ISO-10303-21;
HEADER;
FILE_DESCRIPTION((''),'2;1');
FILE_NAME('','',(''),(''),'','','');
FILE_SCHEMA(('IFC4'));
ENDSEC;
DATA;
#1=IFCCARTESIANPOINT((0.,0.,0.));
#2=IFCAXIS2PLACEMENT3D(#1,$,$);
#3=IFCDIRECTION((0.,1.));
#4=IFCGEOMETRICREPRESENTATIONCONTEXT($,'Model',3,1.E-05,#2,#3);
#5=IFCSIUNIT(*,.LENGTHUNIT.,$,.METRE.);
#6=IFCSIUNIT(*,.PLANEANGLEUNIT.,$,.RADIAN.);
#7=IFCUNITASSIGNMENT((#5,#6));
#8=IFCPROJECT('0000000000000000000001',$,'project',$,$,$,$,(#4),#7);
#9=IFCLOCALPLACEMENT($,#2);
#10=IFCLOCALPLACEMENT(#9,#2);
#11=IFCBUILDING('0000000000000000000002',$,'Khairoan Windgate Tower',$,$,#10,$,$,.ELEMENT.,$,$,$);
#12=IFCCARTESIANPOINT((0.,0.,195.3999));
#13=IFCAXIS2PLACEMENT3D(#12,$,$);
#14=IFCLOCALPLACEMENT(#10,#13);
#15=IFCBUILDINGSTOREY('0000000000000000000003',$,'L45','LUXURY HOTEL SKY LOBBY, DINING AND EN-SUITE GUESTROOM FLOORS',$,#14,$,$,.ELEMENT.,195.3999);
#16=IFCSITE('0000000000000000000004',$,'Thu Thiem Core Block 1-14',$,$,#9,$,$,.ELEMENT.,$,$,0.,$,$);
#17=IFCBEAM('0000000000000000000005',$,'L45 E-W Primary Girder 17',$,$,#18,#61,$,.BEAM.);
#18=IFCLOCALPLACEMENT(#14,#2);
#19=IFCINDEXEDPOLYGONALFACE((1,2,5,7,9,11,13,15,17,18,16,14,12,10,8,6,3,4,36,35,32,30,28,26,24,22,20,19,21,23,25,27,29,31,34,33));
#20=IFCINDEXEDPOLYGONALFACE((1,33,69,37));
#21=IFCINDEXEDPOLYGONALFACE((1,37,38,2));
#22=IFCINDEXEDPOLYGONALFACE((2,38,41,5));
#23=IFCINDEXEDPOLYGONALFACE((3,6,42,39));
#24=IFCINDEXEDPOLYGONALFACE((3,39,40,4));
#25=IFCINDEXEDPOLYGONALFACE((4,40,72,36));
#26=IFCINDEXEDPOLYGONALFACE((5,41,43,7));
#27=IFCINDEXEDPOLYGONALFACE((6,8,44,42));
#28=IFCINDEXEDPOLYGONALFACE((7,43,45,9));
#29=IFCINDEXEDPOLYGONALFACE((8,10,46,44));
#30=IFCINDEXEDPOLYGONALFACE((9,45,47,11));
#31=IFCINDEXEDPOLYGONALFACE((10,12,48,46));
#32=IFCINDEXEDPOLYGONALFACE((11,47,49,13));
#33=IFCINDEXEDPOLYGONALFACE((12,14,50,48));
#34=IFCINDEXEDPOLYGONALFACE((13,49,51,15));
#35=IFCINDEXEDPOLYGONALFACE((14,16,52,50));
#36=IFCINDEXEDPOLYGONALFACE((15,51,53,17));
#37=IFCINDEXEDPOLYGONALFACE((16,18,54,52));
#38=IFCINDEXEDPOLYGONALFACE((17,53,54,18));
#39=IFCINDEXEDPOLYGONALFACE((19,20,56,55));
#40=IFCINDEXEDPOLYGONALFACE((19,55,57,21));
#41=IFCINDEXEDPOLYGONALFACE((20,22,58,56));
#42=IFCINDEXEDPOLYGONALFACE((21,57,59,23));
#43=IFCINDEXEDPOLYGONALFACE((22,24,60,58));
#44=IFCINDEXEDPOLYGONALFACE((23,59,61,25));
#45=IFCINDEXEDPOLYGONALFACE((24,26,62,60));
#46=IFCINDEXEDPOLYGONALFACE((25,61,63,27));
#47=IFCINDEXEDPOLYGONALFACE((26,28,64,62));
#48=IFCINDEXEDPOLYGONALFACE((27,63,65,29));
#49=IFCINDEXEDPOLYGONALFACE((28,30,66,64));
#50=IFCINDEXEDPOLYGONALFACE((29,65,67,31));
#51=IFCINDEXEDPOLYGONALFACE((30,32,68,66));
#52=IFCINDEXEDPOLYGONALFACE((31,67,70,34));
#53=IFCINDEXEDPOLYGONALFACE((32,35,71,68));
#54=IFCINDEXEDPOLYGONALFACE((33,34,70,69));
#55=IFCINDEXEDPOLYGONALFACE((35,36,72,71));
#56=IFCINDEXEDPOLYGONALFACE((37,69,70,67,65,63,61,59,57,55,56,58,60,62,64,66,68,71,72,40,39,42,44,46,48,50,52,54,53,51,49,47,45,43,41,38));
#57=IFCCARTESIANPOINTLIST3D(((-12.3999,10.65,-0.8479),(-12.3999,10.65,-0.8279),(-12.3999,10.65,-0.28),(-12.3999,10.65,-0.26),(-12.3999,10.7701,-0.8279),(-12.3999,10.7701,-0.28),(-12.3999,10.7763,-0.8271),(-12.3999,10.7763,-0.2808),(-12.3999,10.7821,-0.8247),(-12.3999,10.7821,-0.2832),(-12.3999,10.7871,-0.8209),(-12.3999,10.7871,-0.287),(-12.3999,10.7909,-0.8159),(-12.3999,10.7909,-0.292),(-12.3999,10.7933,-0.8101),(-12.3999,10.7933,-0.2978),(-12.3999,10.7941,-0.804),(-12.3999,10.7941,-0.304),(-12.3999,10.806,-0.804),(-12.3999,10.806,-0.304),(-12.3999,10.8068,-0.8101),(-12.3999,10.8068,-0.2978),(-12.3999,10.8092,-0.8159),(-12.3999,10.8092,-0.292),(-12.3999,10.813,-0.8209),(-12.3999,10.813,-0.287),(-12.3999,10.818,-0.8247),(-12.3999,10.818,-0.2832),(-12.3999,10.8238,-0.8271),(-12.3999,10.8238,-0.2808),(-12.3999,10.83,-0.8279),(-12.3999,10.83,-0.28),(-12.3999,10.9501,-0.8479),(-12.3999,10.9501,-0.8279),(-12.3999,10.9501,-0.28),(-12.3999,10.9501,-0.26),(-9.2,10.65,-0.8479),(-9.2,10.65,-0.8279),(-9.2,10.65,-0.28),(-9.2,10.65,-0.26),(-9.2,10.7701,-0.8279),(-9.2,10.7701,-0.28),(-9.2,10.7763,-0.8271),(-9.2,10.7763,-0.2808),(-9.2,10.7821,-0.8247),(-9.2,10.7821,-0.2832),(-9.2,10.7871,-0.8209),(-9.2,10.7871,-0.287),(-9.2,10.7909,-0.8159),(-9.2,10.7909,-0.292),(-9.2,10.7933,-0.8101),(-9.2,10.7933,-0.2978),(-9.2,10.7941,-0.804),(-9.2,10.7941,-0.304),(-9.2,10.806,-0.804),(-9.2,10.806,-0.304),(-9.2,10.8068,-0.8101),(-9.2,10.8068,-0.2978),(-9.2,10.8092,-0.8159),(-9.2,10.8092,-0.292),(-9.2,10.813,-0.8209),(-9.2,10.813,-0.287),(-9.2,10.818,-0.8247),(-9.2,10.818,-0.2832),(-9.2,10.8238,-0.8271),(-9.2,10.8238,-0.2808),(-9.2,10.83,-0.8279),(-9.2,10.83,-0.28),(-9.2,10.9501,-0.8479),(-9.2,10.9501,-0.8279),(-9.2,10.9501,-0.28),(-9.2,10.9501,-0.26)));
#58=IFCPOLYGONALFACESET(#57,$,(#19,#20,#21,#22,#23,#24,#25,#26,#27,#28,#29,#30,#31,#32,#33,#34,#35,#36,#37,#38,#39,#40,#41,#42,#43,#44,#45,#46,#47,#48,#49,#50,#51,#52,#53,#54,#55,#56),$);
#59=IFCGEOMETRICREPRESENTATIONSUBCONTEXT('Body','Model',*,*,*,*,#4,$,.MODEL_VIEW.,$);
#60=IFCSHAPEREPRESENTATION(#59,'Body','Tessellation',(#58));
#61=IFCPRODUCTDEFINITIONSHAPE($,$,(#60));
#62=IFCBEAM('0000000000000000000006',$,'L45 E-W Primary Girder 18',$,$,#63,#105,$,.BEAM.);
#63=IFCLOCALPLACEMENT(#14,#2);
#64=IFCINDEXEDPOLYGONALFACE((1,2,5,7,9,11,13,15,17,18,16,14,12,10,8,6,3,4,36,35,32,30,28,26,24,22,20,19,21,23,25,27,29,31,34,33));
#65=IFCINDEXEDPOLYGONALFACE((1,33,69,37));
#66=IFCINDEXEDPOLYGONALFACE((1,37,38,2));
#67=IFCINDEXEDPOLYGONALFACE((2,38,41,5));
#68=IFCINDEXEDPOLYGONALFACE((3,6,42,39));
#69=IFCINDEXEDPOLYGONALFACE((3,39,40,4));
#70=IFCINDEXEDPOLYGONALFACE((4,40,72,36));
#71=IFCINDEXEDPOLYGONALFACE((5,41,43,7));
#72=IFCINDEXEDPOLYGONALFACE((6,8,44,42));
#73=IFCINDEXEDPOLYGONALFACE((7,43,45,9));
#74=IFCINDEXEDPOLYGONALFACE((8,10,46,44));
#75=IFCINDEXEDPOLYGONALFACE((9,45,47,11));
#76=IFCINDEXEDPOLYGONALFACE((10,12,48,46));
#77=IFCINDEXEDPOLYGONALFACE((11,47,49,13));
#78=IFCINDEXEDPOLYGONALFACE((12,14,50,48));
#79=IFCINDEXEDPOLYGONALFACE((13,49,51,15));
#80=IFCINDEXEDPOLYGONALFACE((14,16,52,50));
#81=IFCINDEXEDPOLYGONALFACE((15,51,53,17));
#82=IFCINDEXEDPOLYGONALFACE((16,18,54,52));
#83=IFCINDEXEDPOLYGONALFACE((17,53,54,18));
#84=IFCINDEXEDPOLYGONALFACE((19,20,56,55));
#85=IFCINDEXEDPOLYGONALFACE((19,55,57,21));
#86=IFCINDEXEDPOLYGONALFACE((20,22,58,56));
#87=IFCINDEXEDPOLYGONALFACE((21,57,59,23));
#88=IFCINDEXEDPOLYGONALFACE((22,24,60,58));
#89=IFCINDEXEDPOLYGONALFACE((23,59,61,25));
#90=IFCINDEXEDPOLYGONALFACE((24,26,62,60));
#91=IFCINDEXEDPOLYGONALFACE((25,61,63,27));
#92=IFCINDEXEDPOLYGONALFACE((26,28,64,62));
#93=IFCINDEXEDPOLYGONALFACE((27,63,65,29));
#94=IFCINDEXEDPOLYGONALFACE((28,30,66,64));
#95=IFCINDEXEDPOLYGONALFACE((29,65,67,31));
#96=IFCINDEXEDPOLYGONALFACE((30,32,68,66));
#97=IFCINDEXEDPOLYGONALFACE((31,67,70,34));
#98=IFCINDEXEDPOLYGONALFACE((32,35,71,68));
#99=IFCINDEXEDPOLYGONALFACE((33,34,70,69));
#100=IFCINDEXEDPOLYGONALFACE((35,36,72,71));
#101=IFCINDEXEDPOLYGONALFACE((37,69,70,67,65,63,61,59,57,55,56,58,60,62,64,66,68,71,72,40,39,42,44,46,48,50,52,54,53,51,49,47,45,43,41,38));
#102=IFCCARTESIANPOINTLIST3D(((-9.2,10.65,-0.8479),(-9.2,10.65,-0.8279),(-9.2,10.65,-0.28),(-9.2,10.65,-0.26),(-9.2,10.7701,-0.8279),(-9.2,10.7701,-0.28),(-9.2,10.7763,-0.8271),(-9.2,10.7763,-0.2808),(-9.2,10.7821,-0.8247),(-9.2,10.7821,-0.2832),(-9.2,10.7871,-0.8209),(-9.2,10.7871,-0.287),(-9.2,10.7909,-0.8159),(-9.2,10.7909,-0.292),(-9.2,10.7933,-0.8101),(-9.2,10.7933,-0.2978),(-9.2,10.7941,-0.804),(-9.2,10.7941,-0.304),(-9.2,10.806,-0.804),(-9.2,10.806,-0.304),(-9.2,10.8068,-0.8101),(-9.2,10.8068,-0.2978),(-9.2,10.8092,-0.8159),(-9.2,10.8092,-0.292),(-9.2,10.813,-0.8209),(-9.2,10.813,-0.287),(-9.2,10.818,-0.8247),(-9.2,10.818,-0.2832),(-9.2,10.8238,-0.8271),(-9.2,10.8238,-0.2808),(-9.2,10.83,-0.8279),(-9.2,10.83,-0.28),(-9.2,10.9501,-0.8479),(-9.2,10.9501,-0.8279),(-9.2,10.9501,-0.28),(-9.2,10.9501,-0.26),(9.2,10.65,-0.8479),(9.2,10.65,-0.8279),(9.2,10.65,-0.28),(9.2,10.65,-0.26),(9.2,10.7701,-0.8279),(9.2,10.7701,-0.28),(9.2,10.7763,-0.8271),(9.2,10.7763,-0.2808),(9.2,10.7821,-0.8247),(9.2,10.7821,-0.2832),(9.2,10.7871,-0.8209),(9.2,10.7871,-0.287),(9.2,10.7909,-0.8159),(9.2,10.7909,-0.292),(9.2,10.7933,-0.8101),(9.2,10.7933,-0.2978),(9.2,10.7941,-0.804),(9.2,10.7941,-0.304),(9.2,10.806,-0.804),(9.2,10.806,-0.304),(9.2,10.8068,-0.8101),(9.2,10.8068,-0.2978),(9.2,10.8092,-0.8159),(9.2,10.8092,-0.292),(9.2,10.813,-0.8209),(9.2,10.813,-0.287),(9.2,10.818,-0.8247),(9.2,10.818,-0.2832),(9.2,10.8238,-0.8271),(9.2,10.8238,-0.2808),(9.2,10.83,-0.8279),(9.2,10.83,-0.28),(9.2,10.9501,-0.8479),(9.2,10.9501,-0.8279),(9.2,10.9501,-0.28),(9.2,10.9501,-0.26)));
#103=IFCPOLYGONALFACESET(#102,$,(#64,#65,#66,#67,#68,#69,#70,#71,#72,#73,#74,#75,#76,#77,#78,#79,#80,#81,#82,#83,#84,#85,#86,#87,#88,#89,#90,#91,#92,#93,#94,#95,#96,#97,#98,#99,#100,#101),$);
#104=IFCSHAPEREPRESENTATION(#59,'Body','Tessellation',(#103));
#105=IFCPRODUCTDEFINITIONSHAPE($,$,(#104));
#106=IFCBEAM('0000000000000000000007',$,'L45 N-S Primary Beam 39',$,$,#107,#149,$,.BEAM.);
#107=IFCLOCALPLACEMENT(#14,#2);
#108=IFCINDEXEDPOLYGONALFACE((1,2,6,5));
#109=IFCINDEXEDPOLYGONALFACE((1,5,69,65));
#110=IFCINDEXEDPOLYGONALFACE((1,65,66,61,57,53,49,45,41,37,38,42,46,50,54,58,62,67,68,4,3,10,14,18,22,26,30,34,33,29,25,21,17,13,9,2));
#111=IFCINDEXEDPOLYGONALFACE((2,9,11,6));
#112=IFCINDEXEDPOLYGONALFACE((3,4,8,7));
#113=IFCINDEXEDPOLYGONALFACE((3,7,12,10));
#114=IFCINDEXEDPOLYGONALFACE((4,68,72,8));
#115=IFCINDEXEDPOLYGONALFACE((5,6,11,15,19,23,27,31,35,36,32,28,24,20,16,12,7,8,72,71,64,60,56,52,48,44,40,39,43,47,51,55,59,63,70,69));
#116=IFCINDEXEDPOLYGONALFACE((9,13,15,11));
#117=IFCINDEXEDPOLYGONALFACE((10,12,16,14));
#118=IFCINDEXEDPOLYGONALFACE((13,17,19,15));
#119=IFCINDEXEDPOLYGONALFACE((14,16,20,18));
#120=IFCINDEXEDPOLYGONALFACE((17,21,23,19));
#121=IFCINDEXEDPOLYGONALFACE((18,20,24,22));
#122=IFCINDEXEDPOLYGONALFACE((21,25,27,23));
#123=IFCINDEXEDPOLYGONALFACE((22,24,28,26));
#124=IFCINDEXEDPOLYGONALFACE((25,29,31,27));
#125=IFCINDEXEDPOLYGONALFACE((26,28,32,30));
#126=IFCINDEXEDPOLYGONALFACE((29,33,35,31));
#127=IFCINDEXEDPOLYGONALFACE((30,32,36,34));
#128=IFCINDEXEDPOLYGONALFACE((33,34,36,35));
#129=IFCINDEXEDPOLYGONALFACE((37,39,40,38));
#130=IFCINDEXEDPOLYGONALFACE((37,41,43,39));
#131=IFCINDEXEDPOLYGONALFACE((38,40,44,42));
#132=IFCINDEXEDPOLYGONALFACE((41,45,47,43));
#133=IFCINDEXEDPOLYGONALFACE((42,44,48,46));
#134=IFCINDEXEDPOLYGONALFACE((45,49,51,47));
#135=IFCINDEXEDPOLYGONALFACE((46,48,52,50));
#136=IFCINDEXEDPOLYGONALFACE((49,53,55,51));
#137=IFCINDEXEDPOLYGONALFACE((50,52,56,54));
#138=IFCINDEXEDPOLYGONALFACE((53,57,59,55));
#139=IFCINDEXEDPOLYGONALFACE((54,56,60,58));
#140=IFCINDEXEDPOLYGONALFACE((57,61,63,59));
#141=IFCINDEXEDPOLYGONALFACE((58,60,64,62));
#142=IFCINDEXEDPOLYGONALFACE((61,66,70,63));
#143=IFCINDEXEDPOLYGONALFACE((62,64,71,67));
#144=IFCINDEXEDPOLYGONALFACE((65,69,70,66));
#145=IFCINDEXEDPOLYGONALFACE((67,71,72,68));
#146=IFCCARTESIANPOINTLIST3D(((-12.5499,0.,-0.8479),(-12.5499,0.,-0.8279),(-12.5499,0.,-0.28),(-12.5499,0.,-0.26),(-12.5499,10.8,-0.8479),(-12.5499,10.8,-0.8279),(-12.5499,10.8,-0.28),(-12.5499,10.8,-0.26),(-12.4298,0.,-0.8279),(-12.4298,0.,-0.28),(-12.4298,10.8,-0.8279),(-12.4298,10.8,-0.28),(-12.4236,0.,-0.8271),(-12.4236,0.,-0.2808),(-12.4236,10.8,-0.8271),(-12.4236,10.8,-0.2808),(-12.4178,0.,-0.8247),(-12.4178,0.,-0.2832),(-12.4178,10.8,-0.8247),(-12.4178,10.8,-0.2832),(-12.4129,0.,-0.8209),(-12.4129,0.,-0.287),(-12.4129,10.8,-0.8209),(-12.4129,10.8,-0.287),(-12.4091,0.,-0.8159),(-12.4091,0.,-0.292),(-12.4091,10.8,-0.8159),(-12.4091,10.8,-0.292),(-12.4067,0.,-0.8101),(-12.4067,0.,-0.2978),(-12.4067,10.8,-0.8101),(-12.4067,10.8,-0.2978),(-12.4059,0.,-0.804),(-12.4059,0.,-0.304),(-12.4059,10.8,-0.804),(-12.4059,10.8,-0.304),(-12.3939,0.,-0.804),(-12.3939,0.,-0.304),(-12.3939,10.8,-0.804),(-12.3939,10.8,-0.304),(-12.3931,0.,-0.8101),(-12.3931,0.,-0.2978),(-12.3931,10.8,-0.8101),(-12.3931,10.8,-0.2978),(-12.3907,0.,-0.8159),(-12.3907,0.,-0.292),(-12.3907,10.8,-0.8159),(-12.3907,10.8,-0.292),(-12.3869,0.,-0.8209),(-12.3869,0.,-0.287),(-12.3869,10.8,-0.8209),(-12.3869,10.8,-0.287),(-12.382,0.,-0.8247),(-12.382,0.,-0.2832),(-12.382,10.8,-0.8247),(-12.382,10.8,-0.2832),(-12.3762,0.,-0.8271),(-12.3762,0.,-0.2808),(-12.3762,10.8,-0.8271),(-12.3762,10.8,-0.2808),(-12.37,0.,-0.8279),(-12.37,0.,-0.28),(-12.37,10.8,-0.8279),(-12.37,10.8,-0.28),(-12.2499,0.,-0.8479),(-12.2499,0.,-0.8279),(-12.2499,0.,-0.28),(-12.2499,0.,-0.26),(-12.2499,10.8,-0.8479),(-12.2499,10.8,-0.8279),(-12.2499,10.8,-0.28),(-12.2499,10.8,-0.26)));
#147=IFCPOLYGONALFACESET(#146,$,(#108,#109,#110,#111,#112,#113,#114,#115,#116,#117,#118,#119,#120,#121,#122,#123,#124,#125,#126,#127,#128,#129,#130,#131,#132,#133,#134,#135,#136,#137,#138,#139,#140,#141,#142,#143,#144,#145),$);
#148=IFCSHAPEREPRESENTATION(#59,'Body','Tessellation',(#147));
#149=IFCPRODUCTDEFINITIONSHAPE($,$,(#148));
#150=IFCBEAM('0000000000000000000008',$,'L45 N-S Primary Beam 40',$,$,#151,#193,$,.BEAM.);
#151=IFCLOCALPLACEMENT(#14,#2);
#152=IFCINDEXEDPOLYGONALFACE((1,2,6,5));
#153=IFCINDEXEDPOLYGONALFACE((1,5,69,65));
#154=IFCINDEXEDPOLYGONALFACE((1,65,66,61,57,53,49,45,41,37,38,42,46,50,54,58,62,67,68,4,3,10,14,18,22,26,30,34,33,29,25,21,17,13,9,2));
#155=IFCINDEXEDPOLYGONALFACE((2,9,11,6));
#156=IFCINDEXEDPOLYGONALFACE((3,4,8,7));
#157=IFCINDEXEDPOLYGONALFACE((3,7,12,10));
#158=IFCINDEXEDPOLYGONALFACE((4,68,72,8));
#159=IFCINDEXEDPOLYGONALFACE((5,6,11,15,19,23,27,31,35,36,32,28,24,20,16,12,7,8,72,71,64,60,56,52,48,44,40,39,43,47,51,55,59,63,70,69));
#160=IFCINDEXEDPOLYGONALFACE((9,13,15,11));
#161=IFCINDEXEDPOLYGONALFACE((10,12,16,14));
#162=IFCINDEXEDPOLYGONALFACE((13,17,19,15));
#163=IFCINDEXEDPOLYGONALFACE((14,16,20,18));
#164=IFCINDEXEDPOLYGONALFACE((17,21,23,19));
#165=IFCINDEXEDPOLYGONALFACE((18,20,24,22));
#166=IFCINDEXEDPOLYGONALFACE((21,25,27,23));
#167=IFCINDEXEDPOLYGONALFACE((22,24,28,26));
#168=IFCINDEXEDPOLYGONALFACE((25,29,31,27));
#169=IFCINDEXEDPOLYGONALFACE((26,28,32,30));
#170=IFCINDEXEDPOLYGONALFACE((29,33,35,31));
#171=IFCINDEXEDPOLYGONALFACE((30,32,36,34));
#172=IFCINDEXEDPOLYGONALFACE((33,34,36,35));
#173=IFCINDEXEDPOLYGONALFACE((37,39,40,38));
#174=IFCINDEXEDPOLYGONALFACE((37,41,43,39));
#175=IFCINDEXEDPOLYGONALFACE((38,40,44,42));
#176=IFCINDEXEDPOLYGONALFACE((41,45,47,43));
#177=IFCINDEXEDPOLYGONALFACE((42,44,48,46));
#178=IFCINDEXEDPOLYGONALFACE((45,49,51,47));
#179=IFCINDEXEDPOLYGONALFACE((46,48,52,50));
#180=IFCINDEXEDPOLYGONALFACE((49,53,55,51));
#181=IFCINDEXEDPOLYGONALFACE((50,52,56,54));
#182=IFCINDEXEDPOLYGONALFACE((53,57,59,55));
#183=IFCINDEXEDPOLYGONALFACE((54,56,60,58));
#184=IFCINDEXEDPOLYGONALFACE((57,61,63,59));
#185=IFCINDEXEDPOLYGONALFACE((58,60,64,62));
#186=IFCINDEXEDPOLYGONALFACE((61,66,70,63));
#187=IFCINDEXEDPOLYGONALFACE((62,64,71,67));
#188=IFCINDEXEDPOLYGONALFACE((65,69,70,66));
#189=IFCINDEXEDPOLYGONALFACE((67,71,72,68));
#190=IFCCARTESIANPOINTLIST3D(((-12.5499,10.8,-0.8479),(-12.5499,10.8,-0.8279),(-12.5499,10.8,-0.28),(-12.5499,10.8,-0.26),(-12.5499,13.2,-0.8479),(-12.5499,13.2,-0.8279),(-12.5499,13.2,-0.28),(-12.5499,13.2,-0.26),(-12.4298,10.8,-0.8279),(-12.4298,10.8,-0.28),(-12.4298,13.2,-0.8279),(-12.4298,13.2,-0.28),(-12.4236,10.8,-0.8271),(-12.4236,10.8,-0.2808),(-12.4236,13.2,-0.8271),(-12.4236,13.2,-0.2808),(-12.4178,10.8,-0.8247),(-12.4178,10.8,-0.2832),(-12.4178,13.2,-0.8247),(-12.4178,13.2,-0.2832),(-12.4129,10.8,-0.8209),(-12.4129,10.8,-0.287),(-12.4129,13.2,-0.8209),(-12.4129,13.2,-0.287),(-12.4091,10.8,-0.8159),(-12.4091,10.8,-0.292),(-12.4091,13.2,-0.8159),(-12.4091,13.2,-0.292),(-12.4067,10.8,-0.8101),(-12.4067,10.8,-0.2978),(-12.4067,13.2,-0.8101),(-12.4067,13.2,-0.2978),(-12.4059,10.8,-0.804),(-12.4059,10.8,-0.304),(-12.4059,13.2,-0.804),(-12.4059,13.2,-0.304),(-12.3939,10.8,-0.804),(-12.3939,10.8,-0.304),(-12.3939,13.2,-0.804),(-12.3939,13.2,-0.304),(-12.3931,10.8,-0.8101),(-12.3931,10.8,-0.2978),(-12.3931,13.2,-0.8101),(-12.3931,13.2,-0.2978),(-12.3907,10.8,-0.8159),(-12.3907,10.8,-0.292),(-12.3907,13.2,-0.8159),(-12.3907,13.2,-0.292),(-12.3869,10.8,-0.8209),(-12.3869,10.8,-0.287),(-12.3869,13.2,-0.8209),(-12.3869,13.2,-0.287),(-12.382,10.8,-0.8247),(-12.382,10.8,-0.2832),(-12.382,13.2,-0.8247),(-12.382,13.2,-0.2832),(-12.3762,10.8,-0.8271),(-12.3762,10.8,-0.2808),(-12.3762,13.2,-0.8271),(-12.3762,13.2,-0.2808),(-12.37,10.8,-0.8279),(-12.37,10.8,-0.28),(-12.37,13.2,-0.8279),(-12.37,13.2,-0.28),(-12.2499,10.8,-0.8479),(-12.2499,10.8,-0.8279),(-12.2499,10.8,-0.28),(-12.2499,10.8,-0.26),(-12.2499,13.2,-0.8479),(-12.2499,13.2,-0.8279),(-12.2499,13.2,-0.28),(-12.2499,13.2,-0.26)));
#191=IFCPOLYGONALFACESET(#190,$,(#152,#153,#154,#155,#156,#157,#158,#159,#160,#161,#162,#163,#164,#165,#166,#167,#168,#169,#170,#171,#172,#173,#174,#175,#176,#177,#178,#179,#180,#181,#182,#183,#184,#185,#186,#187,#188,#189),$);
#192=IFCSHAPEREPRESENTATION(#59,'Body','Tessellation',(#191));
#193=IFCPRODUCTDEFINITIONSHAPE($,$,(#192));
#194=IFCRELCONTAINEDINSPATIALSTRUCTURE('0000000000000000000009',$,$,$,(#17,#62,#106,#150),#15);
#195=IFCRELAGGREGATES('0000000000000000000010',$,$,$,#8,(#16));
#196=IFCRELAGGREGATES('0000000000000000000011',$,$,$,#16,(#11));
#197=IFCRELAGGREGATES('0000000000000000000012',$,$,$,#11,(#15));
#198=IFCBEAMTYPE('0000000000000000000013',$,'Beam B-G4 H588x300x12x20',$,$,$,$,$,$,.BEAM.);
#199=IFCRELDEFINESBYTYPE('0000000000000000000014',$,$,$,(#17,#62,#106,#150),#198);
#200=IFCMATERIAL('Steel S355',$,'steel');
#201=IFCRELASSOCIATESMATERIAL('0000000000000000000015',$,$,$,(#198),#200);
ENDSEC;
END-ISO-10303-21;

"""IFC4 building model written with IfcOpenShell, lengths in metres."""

from ifc_helpers import new_model, si_unit, direction, frame, origin, origin_2d, place, context, subcontext, project, spatial, i_section, extrude, material, material_profile, profile_set, type_object, element, save


model = new_model("IFC4")

# Units and contexts
model_context = context("Model", 3, precision=1e-05, world=origin(), true_north=direction((0.0, 1.0)))
body_context = subcontext(model_context, "Body", "Model", "MODEL_VIEW")
ifc_project = project(units=[si_unit("LENGTHUNIT", "METRE"), si_unit("PLANEANGLEUNIT", "RADIAN")], contexts=[model_context])

# Site, building, storey
site_placement = place(None, origin())
site = spatial("IfcSite", under=ifc_project, at=site_placement, Name="Thu Thiem Core Block 1-14", CompositionType="ELEMENT", RefElevation=0.0)
building_placement = place(site_placement, origin())
building = spatial("IfcBuilding", under=site, at=building_placement, Name="Khairoan Windgate Tower", CompositionType="ELEMENT")
storey_placement = place(building_placement, frame((0.0, 0.0, 195.3999)))
storey = spatial("IfcBuildingStorey", under=building, at=storey_placement, Name="L45", Description="LUXURY HOTEL SKY LOBBY, DINING AND EN-SUITE GUESTROOM FLOORS", CompositionType="ELEMENT", Elevation=195.3999)

# Beams
ifc_material_1 = material(Name="Steel S355", Category="steel")
ifc_material_profile_1 = material_profile(ifc_material_1, i_section(OverallWidth=0.3, OverallDepth=0.5879, WebThickness=0.012, FlangeThickness=0.02, FilletRadius=0.0239, at=origin_2d()))
ifc_profile_set_1 = profile_set([ifc_material_profile_1], Name="Steel S355")
beam_type_1 = type_object("IfcBeamType", Name="Beam B-G4 H588x300x12x20", PredefinedType="BEAM", material=ifc_profile_set_1)
beam_1_placement = place(storey_placement, frame((-12.3999, 10.8, -0.554), z_axis=(1.0, 0.0, 0.0), x_axis=(0.0, 1.0, 0.0)))
element("IfcBeam", 1, at=beam_1_placement, inside=storey, type_object=beam_type_1, Name="L45 E-W Primary Girder 17", PredefinedType="BEAM", context=body_context, shape_type="SweptSolid", body=[
    extrude(i_section(OverallWidth=0.3, OverallDepth=0.5879, WebThickness=0.012, FlangeThickness=0.02, FilletRadius=0.0239, at=origin_2d()), origin(), (0.0, 0.0, 1.0), 3.2),
])
beam_2_placement = place(storey_placement, frame((-9.2, 10.8, -0.554), z_axis=(1.0, 0.0, 0.0), x_axis=(0.0, 1.0, 0.0)))
element("IfcBeam", 2, at=beam_2_placement, inside=storey, type_object=beam_type_1, Name="L45 E-W Primary Girder 18", PredefinedType="BEAM", context=body_context, shape_type="SweptSolid", body=[
    extrude(i_section(OverallWidth=0.3, OverallDepth=0.5879, WebThickness=0.012, FlangeThickness=0.02, FilletRadius=0.0239, at=origin_2d()), origin(), (0.0, 0.0, 1.0), 18.3999),
])
beam_3_placement = place(storey_placement, frame((-12.3999, 0.0, -0.554), z_axis=(0.0, 1.0, 0.0), x_axis=(-1.0, 0.0, 0.0)))
element("IfcBeam", 3, at=beam_3_placement, inside=storey, type_object=beam_type_1, Name="L45 N-S Primary Beam 39", PredefinedType="BEAM", context=body_context, shape_type="SweptSolid", body=[
    extrude(i_section(OverallWidth=0.3, OverallDepth=0.5879, WebThickness=0.012, FlangeThickness=0.02, FilletRadius=0.0239, at=origin_2d()), origin(), (0.0, 0.0, 1.0), 10.8),
])
beam_4_placement = place(storey_placement, frame((-12.3999, 10.8, -0.554), z_axis=(0.0, 1.0, 0.0), x_axis=(-1.0, 0.0, 0.0)))
element("IfcBeam", 4, at=beam_4_placement, inside=storey, type_object=beam_type_1, Name="L45 N-S Primary Beam 40", PredefinedType="BEAM", context=body_context, shape_type="SweptSolid", body=[
    extrude(i_section(OverallWidth=0.3, OverallDepth=0.5879, WebThickness=0.012, FlangeThickness=0.02, FilletRadius=0.0239, at=origin_2d()), origin(), (0.0, 0.0, 1.0), 2.3999),
])

save(model, "model.ifc")
